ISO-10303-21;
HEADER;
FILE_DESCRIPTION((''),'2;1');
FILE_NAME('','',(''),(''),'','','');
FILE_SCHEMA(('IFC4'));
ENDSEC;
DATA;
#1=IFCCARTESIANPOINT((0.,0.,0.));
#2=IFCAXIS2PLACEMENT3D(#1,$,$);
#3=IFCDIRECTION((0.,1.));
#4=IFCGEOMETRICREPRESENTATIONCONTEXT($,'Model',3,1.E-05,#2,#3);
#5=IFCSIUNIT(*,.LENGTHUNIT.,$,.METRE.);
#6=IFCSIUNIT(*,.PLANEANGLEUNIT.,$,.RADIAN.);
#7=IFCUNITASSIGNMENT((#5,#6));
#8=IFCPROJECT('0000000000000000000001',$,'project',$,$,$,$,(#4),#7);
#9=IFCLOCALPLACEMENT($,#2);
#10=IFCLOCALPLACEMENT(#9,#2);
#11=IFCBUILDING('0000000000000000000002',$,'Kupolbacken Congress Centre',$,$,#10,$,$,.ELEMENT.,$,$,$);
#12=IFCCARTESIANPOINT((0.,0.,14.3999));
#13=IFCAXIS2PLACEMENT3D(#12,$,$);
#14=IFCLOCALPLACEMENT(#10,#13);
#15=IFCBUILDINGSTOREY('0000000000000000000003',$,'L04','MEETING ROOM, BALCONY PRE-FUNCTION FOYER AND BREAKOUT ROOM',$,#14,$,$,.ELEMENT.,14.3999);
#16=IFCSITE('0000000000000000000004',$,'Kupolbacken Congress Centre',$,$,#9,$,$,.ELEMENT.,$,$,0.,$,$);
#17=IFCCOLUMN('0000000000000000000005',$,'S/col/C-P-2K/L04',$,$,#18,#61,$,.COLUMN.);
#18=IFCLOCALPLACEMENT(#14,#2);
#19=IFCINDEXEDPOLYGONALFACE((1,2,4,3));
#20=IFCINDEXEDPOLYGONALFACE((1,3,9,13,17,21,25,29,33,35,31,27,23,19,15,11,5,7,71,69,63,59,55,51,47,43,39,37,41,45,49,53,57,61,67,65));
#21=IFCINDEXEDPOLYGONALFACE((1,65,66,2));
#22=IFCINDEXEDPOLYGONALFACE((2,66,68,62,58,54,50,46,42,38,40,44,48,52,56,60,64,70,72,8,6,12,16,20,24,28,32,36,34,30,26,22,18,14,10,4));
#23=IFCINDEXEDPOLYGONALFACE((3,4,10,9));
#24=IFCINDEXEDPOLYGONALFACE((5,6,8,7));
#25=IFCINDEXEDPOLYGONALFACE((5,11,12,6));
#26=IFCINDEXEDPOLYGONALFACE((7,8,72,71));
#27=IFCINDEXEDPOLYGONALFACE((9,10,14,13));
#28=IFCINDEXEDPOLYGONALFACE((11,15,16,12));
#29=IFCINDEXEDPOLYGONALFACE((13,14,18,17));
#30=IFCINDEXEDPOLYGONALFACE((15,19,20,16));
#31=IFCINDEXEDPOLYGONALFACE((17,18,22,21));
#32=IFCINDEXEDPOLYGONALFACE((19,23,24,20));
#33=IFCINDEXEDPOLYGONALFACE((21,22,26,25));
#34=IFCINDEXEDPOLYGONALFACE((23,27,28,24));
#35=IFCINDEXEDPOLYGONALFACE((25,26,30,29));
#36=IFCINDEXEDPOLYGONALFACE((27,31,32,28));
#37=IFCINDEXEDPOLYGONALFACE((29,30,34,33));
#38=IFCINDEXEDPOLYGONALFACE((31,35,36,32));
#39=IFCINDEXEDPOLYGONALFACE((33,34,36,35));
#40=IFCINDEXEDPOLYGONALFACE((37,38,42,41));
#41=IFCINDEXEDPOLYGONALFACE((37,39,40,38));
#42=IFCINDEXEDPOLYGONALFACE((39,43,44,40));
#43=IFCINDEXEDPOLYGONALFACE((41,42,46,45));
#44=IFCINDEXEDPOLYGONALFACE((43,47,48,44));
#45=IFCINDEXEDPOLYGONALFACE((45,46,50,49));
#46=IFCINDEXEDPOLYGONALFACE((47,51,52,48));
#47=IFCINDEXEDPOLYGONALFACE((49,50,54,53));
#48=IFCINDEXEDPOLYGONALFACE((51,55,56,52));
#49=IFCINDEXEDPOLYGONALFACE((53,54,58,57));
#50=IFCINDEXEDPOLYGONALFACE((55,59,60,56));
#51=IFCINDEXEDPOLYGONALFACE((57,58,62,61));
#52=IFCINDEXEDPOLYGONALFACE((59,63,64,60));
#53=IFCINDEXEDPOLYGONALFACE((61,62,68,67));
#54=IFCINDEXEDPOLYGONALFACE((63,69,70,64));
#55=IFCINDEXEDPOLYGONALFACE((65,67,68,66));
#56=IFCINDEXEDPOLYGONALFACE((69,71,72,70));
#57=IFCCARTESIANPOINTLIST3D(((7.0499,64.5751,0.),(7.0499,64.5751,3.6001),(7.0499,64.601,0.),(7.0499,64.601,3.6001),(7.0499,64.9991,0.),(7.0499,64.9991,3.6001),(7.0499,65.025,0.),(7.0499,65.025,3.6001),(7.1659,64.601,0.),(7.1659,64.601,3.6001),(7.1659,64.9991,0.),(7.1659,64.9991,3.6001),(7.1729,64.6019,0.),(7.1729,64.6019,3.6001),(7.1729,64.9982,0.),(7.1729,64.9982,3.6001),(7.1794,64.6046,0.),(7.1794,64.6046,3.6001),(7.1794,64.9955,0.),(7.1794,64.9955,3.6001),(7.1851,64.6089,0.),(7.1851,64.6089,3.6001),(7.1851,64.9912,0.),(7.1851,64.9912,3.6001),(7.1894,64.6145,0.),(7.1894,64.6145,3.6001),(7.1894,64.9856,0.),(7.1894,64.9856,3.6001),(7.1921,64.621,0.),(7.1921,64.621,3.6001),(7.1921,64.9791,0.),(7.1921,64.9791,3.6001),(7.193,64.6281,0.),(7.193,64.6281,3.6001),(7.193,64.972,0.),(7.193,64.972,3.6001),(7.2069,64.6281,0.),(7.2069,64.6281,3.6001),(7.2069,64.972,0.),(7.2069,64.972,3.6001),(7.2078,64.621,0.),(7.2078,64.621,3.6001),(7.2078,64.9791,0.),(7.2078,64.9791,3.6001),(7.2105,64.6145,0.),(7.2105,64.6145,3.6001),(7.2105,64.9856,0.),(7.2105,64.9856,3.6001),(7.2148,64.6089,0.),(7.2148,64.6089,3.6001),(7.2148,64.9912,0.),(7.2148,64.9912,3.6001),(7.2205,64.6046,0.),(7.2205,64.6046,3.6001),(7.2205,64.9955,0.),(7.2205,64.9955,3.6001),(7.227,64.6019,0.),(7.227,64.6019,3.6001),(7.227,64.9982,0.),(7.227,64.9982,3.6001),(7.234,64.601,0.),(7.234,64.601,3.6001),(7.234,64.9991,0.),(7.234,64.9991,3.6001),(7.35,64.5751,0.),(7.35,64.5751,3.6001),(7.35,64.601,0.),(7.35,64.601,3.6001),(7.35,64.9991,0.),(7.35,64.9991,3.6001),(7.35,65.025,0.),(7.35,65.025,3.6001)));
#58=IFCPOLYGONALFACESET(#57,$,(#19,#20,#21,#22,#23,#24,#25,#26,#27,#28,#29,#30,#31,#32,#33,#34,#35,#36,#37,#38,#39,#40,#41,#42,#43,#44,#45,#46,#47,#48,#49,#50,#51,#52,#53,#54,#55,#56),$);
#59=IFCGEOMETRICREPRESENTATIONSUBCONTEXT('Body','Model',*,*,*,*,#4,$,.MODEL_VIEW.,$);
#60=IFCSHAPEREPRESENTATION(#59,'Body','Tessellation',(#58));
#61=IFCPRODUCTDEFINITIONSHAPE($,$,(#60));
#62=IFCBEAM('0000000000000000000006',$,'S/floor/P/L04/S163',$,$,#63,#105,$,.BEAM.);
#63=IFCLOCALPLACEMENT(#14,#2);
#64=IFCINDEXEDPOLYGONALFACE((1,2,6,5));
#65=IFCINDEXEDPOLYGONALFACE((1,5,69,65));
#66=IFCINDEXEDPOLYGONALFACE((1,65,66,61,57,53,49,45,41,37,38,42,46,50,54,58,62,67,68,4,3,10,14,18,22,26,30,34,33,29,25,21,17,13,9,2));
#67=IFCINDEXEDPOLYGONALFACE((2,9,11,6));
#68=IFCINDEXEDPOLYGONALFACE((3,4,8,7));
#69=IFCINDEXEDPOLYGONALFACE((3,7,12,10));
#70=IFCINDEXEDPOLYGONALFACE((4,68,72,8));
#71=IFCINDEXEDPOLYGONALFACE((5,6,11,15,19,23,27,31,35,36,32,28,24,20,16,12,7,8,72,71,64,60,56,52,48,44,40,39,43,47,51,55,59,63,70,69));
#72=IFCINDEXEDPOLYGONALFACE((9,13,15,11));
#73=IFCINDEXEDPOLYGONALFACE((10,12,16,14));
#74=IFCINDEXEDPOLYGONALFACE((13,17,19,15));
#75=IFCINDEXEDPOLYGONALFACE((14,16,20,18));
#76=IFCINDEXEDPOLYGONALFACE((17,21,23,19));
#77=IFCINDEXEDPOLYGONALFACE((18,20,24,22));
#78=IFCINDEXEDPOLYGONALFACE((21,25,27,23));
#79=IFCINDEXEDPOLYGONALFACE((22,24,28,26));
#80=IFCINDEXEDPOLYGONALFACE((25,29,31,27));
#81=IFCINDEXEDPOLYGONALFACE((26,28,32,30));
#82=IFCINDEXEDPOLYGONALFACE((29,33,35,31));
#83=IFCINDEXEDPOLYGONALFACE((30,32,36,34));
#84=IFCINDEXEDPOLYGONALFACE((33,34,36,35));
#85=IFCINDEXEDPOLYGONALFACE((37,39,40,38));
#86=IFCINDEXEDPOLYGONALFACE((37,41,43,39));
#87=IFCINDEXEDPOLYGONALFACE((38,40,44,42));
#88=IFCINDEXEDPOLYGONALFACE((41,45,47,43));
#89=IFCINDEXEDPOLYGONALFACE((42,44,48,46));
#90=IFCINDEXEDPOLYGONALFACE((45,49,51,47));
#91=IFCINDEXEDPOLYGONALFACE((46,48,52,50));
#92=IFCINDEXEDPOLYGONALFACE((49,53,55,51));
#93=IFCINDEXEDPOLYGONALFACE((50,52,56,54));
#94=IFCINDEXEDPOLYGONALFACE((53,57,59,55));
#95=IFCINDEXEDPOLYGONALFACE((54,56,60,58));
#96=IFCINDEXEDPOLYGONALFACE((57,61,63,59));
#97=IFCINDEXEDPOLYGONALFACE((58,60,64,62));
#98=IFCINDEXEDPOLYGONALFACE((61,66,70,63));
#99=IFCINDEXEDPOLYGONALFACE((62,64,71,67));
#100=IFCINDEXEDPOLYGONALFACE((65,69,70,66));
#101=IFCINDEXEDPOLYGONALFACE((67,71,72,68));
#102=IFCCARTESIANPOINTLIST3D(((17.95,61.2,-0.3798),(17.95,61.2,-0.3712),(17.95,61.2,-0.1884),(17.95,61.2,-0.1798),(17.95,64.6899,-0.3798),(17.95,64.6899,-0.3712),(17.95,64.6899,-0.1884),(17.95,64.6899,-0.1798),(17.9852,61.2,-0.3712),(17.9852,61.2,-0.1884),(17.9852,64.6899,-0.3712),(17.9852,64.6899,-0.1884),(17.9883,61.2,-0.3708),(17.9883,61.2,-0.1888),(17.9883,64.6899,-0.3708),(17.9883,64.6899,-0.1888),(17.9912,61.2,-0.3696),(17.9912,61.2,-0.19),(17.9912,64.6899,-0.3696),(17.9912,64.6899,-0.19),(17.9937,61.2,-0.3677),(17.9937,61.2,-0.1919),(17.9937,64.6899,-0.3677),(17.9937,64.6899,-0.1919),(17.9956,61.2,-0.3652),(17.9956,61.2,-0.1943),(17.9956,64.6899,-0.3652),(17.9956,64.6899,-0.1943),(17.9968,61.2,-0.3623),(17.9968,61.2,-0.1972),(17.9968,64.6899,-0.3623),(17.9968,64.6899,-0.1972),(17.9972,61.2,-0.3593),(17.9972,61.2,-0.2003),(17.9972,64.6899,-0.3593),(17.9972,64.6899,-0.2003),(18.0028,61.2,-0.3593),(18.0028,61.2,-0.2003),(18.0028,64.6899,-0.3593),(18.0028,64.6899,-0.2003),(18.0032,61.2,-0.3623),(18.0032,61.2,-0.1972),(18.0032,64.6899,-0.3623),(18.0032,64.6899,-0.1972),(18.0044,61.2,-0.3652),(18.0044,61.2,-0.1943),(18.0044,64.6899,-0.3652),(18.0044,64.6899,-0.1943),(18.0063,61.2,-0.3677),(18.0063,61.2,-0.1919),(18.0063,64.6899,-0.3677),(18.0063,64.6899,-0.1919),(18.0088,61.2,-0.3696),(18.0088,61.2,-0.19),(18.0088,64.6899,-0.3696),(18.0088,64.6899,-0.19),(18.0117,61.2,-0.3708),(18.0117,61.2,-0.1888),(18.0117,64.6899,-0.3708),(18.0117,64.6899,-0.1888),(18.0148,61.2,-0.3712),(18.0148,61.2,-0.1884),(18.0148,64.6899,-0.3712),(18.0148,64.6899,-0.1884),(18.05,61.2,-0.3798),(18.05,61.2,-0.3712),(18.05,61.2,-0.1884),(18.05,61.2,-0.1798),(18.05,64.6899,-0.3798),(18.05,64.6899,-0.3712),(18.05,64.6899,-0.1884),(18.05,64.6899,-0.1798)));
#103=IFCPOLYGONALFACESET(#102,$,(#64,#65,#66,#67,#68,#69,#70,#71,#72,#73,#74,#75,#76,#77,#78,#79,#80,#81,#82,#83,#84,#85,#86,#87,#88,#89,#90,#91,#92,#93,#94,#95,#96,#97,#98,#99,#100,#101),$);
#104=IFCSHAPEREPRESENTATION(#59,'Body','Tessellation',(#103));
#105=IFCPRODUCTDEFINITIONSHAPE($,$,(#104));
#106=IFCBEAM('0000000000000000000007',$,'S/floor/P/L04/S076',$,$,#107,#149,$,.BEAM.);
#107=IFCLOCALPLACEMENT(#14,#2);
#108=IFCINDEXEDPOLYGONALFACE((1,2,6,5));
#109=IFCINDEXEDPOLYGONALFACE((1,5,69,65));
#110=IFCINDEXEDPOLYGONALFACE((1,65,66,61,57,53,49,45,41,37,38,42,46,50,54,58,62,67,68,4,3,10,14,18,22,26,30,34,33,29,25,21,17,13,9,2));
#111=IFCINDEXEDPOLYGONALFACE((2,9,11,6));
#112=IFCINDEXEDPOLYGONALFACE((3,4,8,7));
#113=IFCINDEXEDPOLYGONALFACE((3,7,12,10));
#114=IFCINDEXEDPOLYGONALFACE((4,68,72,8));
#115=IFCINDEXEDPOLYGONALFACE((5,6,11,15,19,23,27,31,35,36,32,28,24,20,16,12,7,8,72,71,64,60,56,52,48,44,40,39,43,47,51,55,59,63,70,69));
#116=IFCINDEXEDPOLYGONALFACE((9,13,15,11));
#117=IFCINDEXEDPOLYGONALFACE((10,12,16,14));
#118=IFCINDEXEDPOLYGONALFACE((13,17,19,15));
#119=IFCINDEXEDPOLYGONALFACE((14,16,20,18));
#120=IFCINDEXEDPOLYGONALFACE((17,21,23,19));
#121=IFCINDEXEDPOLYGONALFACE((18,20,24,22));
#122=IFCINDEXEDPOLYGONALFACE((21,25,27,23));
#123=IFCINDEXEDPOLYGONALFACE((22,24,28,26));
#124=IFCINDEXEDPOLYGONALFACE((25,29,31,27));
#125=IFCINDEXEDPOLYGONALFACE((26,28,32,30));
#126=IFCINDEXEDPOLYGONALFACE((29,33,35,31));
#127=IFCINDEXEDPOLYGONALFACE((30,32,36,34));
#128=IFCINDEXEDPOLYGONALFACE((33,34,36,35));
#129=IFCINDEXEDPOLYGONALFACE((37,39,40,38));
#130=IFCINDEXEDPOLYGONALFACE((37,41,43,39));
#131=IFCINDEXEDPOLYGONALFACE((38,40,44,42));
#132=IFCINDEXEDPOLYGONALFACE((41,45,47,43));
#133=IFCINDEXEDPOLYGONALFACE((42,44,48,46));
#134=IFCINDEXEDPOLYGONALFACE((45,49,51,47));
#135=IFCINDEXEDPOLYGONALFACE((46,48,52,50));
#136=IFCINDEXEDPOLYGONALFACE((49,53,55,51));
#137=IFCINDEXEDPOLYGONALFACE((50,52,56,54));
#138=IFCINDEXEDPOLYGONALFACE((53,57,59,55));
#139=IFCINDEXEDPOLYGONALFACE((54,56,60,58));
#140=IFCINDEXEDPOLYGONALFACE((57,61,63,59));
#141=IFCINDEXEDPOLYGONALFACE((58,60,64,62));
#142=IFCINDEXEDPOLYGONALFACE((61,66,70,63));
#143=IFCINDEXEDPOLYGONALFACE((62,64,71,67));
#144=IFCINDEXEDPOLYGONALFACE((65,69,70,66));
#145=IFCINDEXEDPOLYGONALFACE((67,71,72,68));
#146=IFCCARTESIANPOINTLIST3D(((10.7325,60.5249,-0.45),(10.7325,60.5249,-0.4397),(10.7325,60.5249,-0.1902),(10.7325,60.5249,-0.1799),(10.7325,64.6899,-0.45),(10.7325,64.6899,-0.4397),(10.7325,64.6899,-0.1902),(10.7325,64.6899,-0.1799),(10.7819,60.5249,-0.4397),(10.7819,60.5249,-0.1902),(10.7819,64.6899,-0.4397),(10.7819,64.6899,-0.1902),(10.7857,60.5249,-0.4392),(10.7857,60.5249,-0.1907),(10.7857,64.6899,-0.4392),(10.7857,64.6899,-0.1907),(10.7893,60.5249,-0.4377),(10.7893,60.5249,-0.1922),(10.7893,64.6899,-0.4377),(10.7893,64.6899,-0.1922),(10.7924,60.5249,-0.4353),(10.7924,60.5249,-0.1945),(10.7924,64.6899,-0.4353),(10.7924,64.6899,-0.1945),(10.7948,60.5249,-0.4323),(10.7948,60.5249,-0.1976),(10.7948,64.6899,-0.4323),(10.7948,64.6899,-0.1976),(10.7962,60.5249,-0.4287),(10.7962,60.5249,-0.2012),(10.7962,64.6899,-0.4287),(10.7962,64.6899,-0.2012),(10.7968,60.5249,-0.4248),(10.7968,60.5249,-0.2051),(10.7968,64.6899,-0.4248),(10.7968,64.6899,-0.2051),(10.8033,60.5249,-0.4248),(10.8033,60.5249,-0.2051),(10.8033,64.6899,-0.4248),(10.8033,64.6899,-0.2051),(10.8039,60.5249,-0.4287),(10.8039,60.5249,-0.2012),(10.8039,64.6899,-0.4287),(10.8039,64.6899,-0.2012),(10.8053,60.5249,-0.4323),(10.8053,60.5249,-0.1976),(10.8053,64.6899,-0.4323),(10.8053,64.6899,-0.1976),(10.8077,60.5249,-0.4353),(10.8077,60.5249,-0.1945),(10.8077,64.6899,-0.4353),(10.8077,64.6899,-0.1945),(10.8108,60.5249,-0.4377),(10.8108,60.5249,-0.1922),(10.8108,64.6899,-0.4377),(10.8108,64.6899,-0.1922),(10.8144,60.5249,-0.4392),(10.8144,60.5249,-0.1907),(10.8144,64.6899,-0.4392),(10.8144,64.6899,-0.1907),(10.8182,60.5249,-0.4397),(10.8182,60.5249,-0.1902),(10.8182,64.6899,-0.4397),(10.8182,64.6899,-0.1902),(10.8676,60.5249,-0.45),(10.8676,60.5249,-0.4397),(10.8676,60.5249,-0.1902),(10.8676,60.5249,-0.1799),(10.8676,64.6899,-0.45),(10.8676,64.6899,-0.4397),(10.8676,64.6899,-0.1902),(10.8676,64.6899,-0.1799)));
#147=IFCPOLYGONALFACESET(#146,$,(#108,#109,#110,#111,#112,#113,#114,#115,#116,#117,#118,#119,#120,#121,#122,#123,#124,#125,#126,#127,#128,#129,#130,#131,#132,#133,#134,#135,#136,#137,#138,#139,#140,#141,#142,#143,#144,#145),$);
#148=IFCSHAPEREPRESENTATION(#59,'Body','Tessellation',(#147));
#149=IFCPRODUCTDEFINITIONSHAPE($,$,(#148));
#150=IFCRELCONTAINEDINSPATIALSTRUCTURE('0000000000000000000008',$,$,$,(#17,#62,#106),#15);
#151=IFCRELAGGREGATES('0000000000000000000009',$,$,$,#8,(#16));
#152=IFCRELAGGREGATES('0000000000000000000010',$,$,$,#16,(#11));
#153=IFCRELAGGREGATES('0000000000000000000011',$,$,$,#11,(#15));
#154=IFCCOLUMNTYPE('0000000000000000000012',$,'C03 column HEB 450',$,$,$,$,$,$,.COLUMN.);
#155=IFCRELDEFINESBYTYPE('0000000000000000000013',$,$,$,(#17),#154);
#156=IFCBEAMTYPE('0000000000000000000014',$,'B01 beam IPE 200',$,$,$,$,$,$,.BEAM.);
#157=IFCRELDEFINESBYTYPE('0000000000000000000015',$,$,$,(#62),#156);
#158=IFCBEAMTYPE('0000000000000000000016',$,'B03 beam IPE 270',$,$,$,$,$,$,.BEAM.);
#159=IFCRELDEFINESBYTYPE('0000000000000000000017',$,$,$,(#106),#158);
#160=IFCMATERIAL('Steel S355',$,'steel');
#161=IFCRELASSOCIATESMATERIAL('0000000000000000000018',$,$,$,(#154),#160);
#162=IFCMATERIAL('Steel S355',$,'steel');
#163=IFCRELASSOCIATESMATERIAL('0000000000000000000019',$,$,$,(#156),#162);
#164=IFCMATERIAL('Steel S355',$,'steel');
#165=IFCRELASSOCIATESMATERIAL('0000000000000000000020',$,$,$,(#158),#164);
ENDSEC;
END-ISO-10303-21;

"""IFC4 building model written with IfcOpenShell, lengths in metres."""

from ifc_helpers import new_model, si_unit, direction, frame, origin, origin_2d, place, context, subcontext, project, spatial, i_section, extrude, material, material_profile, profile_set, type_object, element, save


model = new_model("IFC4")

# Units and contexts
model_context = context("Model", 3, precision=1e-05, world=origin(), true_north=direction((0.0, 1.0)))
body_context = subcontext(model_context, "Body", "Model", "MODEL_VIEW")
ifc_project = project(units=[si_unit("LENGTHUNIT", "METRE"), si_unit("PLANEANGLEUNIT", "RADIAN")], contexts=[model_context])

# Site, building, storey
site_placement = place(None, origin())
site = spatial("IfcSite", under=ifc_project, at=site_placement, Name="Kupolbacken Congress Centre", CompositionType="ELEMENT", RefElevation=0.0)
building_placement = place(site_placement, origin())
building = spatial("IfcBuilding", under=site, at=building_placement, Name="Kupolbacken Congress Centre", CompositionType="ELEMENT")
storey_placement = place(building_placement, frame((0.0, 0.0, 14.3999)))
storey = spatial("IfcBuildingStorey", under=building, at=storey_placement, Name="L04", Description="MEETING ROOM, BALCONY PRE-FUNCTION FOYER AND BREAKOUT ROOM", CompositionType="ELEMENT", Elevation=14.3999)

# Column
ifc_material_1 = material(Name="Steel S355", Category="steel")
ifc_material_profile_1 = material_profile(ifc_material_1, i_section(OverallWidth=0.3, OverallDepth=0.45, WebThickness=0.0139, FlangeThickness=0.0259, FilletRadius=0.0271, at=origin_2d()), Name="HEB 450")
ifc_profile_set_1 = profile_set([ifc_material_profile_1], Name="Steel S355")
column_type = type_object("IfcColumnType", Name="C03 column HEB 450", PredefinedType="COLUMN", material=ifc_profile_set_1)
column_placement = place(storey_placement, frame((7.2, 64.8, 0.0), z_axis=(0.0, 0.0, 1.0), x_axis=(1.0, 0.0, 0.0)))
element("IfcColumn", 1, at=column_placement, inside=storey, type_object=column_type, Name="S/col/C-P-2K/L04", PredefinedType="COLUMN", context=body_context, shape_type="SweptSolid", body=[
    extrude(i_section(OverallWidth=0.3, OverallDepth=0.45, WebThickness=0.0139, FlangeThickness=0.0259, FilletRadius=0.0271, at=origin_2d()), origin(), (0.0, 0.0, 1.0), 3.6001),
])

# Beams
ifc_material_2 = material(Name="Steel S355", Category="steel")
ifc_material_profile_2 = material_profile(ifc_material_2, i_section(OverallWidth=0.1001, OverallDepth=0.2, WebThickness=0.0056, FlangeThickness=0.0085, FilletRadius=0.012, at=origin_2d()), Name="IPE 200")
ifc_profile_set_2 = profile_set([ifc_material_profile_2], Name="Steel S355")
beam_type_1 = type_object("IfcBeamType", Name="B01 beam IPE 200", PredefinedType="BEAM", material=ifc_profile_set_2)
beam_1_placement = place(storey_placement, frame((18.0, 61.2, -0.2798), z_axis=(0.0, 1.0, 0.0), x_axis=(-1.0, 0.0, 0.0)))
element("IfcBeam", 2, at=beam_1_placement, inside=storey, type_object=beam_type_1, Name="S/floor/P/L04/S163", PredefinedType="BEAM", context=body_context, shape_type="SweptSolid", body=[
    extrude(i_section(OverallWidth=0.1001, OverallDepth=0.2, WebThickness=0.0056, FlangeThickness=0.0085, FilletRadius=0.012, at=origin_2d()), origin(), (0.0, 0.0, 1.0), 3.49),
])
ifc_material_3 = material(Name="Steel S355", Category="steel")
ifc_material_profile_3 = material_profile(ifc_material_3, i_section(OverallWidth=0.135, OverallDepth=0.27, WebThickness=0.0066, FlangeThickness=0.0103, FilletRadius=0.0149, at=origin_2d()), Name="IPE 270")
ifc_profile_set_3 = profile_set([ifc_material_profile_3], Name="Steel S355")
beam_type_2 = type_object("IfcBeamType", Name="B03 beam IPE 270", PredefinedType="BEAM", material=ifc_profile_set_3)
beam_2_placement = place(storey_placement, frame((10.8, 60.5249, -0.3149), z_axis=(0.0, 1.0, 0.0), x_axis=(-1.0, 0.0, 0.0)))
element("IfcBeam", 3, at=beam_2_placement, inside=storey, type_object=beam_type_2, Name="S/floor/P/L04/S076", PredefinedType="BEAM", context=body_context, shape_type="SweptSolid", body=[
    extrude(i_section(OverallWidth=0.135, OverallDepth=0.27, WebThickness=0.0066, FlangeThickness=0.0103, FilletRadius=0.0149, at=origin_2d()), origin(), (0.0, 0.0, 1.0), 4.165),
])

save(model, "model.ifc")
